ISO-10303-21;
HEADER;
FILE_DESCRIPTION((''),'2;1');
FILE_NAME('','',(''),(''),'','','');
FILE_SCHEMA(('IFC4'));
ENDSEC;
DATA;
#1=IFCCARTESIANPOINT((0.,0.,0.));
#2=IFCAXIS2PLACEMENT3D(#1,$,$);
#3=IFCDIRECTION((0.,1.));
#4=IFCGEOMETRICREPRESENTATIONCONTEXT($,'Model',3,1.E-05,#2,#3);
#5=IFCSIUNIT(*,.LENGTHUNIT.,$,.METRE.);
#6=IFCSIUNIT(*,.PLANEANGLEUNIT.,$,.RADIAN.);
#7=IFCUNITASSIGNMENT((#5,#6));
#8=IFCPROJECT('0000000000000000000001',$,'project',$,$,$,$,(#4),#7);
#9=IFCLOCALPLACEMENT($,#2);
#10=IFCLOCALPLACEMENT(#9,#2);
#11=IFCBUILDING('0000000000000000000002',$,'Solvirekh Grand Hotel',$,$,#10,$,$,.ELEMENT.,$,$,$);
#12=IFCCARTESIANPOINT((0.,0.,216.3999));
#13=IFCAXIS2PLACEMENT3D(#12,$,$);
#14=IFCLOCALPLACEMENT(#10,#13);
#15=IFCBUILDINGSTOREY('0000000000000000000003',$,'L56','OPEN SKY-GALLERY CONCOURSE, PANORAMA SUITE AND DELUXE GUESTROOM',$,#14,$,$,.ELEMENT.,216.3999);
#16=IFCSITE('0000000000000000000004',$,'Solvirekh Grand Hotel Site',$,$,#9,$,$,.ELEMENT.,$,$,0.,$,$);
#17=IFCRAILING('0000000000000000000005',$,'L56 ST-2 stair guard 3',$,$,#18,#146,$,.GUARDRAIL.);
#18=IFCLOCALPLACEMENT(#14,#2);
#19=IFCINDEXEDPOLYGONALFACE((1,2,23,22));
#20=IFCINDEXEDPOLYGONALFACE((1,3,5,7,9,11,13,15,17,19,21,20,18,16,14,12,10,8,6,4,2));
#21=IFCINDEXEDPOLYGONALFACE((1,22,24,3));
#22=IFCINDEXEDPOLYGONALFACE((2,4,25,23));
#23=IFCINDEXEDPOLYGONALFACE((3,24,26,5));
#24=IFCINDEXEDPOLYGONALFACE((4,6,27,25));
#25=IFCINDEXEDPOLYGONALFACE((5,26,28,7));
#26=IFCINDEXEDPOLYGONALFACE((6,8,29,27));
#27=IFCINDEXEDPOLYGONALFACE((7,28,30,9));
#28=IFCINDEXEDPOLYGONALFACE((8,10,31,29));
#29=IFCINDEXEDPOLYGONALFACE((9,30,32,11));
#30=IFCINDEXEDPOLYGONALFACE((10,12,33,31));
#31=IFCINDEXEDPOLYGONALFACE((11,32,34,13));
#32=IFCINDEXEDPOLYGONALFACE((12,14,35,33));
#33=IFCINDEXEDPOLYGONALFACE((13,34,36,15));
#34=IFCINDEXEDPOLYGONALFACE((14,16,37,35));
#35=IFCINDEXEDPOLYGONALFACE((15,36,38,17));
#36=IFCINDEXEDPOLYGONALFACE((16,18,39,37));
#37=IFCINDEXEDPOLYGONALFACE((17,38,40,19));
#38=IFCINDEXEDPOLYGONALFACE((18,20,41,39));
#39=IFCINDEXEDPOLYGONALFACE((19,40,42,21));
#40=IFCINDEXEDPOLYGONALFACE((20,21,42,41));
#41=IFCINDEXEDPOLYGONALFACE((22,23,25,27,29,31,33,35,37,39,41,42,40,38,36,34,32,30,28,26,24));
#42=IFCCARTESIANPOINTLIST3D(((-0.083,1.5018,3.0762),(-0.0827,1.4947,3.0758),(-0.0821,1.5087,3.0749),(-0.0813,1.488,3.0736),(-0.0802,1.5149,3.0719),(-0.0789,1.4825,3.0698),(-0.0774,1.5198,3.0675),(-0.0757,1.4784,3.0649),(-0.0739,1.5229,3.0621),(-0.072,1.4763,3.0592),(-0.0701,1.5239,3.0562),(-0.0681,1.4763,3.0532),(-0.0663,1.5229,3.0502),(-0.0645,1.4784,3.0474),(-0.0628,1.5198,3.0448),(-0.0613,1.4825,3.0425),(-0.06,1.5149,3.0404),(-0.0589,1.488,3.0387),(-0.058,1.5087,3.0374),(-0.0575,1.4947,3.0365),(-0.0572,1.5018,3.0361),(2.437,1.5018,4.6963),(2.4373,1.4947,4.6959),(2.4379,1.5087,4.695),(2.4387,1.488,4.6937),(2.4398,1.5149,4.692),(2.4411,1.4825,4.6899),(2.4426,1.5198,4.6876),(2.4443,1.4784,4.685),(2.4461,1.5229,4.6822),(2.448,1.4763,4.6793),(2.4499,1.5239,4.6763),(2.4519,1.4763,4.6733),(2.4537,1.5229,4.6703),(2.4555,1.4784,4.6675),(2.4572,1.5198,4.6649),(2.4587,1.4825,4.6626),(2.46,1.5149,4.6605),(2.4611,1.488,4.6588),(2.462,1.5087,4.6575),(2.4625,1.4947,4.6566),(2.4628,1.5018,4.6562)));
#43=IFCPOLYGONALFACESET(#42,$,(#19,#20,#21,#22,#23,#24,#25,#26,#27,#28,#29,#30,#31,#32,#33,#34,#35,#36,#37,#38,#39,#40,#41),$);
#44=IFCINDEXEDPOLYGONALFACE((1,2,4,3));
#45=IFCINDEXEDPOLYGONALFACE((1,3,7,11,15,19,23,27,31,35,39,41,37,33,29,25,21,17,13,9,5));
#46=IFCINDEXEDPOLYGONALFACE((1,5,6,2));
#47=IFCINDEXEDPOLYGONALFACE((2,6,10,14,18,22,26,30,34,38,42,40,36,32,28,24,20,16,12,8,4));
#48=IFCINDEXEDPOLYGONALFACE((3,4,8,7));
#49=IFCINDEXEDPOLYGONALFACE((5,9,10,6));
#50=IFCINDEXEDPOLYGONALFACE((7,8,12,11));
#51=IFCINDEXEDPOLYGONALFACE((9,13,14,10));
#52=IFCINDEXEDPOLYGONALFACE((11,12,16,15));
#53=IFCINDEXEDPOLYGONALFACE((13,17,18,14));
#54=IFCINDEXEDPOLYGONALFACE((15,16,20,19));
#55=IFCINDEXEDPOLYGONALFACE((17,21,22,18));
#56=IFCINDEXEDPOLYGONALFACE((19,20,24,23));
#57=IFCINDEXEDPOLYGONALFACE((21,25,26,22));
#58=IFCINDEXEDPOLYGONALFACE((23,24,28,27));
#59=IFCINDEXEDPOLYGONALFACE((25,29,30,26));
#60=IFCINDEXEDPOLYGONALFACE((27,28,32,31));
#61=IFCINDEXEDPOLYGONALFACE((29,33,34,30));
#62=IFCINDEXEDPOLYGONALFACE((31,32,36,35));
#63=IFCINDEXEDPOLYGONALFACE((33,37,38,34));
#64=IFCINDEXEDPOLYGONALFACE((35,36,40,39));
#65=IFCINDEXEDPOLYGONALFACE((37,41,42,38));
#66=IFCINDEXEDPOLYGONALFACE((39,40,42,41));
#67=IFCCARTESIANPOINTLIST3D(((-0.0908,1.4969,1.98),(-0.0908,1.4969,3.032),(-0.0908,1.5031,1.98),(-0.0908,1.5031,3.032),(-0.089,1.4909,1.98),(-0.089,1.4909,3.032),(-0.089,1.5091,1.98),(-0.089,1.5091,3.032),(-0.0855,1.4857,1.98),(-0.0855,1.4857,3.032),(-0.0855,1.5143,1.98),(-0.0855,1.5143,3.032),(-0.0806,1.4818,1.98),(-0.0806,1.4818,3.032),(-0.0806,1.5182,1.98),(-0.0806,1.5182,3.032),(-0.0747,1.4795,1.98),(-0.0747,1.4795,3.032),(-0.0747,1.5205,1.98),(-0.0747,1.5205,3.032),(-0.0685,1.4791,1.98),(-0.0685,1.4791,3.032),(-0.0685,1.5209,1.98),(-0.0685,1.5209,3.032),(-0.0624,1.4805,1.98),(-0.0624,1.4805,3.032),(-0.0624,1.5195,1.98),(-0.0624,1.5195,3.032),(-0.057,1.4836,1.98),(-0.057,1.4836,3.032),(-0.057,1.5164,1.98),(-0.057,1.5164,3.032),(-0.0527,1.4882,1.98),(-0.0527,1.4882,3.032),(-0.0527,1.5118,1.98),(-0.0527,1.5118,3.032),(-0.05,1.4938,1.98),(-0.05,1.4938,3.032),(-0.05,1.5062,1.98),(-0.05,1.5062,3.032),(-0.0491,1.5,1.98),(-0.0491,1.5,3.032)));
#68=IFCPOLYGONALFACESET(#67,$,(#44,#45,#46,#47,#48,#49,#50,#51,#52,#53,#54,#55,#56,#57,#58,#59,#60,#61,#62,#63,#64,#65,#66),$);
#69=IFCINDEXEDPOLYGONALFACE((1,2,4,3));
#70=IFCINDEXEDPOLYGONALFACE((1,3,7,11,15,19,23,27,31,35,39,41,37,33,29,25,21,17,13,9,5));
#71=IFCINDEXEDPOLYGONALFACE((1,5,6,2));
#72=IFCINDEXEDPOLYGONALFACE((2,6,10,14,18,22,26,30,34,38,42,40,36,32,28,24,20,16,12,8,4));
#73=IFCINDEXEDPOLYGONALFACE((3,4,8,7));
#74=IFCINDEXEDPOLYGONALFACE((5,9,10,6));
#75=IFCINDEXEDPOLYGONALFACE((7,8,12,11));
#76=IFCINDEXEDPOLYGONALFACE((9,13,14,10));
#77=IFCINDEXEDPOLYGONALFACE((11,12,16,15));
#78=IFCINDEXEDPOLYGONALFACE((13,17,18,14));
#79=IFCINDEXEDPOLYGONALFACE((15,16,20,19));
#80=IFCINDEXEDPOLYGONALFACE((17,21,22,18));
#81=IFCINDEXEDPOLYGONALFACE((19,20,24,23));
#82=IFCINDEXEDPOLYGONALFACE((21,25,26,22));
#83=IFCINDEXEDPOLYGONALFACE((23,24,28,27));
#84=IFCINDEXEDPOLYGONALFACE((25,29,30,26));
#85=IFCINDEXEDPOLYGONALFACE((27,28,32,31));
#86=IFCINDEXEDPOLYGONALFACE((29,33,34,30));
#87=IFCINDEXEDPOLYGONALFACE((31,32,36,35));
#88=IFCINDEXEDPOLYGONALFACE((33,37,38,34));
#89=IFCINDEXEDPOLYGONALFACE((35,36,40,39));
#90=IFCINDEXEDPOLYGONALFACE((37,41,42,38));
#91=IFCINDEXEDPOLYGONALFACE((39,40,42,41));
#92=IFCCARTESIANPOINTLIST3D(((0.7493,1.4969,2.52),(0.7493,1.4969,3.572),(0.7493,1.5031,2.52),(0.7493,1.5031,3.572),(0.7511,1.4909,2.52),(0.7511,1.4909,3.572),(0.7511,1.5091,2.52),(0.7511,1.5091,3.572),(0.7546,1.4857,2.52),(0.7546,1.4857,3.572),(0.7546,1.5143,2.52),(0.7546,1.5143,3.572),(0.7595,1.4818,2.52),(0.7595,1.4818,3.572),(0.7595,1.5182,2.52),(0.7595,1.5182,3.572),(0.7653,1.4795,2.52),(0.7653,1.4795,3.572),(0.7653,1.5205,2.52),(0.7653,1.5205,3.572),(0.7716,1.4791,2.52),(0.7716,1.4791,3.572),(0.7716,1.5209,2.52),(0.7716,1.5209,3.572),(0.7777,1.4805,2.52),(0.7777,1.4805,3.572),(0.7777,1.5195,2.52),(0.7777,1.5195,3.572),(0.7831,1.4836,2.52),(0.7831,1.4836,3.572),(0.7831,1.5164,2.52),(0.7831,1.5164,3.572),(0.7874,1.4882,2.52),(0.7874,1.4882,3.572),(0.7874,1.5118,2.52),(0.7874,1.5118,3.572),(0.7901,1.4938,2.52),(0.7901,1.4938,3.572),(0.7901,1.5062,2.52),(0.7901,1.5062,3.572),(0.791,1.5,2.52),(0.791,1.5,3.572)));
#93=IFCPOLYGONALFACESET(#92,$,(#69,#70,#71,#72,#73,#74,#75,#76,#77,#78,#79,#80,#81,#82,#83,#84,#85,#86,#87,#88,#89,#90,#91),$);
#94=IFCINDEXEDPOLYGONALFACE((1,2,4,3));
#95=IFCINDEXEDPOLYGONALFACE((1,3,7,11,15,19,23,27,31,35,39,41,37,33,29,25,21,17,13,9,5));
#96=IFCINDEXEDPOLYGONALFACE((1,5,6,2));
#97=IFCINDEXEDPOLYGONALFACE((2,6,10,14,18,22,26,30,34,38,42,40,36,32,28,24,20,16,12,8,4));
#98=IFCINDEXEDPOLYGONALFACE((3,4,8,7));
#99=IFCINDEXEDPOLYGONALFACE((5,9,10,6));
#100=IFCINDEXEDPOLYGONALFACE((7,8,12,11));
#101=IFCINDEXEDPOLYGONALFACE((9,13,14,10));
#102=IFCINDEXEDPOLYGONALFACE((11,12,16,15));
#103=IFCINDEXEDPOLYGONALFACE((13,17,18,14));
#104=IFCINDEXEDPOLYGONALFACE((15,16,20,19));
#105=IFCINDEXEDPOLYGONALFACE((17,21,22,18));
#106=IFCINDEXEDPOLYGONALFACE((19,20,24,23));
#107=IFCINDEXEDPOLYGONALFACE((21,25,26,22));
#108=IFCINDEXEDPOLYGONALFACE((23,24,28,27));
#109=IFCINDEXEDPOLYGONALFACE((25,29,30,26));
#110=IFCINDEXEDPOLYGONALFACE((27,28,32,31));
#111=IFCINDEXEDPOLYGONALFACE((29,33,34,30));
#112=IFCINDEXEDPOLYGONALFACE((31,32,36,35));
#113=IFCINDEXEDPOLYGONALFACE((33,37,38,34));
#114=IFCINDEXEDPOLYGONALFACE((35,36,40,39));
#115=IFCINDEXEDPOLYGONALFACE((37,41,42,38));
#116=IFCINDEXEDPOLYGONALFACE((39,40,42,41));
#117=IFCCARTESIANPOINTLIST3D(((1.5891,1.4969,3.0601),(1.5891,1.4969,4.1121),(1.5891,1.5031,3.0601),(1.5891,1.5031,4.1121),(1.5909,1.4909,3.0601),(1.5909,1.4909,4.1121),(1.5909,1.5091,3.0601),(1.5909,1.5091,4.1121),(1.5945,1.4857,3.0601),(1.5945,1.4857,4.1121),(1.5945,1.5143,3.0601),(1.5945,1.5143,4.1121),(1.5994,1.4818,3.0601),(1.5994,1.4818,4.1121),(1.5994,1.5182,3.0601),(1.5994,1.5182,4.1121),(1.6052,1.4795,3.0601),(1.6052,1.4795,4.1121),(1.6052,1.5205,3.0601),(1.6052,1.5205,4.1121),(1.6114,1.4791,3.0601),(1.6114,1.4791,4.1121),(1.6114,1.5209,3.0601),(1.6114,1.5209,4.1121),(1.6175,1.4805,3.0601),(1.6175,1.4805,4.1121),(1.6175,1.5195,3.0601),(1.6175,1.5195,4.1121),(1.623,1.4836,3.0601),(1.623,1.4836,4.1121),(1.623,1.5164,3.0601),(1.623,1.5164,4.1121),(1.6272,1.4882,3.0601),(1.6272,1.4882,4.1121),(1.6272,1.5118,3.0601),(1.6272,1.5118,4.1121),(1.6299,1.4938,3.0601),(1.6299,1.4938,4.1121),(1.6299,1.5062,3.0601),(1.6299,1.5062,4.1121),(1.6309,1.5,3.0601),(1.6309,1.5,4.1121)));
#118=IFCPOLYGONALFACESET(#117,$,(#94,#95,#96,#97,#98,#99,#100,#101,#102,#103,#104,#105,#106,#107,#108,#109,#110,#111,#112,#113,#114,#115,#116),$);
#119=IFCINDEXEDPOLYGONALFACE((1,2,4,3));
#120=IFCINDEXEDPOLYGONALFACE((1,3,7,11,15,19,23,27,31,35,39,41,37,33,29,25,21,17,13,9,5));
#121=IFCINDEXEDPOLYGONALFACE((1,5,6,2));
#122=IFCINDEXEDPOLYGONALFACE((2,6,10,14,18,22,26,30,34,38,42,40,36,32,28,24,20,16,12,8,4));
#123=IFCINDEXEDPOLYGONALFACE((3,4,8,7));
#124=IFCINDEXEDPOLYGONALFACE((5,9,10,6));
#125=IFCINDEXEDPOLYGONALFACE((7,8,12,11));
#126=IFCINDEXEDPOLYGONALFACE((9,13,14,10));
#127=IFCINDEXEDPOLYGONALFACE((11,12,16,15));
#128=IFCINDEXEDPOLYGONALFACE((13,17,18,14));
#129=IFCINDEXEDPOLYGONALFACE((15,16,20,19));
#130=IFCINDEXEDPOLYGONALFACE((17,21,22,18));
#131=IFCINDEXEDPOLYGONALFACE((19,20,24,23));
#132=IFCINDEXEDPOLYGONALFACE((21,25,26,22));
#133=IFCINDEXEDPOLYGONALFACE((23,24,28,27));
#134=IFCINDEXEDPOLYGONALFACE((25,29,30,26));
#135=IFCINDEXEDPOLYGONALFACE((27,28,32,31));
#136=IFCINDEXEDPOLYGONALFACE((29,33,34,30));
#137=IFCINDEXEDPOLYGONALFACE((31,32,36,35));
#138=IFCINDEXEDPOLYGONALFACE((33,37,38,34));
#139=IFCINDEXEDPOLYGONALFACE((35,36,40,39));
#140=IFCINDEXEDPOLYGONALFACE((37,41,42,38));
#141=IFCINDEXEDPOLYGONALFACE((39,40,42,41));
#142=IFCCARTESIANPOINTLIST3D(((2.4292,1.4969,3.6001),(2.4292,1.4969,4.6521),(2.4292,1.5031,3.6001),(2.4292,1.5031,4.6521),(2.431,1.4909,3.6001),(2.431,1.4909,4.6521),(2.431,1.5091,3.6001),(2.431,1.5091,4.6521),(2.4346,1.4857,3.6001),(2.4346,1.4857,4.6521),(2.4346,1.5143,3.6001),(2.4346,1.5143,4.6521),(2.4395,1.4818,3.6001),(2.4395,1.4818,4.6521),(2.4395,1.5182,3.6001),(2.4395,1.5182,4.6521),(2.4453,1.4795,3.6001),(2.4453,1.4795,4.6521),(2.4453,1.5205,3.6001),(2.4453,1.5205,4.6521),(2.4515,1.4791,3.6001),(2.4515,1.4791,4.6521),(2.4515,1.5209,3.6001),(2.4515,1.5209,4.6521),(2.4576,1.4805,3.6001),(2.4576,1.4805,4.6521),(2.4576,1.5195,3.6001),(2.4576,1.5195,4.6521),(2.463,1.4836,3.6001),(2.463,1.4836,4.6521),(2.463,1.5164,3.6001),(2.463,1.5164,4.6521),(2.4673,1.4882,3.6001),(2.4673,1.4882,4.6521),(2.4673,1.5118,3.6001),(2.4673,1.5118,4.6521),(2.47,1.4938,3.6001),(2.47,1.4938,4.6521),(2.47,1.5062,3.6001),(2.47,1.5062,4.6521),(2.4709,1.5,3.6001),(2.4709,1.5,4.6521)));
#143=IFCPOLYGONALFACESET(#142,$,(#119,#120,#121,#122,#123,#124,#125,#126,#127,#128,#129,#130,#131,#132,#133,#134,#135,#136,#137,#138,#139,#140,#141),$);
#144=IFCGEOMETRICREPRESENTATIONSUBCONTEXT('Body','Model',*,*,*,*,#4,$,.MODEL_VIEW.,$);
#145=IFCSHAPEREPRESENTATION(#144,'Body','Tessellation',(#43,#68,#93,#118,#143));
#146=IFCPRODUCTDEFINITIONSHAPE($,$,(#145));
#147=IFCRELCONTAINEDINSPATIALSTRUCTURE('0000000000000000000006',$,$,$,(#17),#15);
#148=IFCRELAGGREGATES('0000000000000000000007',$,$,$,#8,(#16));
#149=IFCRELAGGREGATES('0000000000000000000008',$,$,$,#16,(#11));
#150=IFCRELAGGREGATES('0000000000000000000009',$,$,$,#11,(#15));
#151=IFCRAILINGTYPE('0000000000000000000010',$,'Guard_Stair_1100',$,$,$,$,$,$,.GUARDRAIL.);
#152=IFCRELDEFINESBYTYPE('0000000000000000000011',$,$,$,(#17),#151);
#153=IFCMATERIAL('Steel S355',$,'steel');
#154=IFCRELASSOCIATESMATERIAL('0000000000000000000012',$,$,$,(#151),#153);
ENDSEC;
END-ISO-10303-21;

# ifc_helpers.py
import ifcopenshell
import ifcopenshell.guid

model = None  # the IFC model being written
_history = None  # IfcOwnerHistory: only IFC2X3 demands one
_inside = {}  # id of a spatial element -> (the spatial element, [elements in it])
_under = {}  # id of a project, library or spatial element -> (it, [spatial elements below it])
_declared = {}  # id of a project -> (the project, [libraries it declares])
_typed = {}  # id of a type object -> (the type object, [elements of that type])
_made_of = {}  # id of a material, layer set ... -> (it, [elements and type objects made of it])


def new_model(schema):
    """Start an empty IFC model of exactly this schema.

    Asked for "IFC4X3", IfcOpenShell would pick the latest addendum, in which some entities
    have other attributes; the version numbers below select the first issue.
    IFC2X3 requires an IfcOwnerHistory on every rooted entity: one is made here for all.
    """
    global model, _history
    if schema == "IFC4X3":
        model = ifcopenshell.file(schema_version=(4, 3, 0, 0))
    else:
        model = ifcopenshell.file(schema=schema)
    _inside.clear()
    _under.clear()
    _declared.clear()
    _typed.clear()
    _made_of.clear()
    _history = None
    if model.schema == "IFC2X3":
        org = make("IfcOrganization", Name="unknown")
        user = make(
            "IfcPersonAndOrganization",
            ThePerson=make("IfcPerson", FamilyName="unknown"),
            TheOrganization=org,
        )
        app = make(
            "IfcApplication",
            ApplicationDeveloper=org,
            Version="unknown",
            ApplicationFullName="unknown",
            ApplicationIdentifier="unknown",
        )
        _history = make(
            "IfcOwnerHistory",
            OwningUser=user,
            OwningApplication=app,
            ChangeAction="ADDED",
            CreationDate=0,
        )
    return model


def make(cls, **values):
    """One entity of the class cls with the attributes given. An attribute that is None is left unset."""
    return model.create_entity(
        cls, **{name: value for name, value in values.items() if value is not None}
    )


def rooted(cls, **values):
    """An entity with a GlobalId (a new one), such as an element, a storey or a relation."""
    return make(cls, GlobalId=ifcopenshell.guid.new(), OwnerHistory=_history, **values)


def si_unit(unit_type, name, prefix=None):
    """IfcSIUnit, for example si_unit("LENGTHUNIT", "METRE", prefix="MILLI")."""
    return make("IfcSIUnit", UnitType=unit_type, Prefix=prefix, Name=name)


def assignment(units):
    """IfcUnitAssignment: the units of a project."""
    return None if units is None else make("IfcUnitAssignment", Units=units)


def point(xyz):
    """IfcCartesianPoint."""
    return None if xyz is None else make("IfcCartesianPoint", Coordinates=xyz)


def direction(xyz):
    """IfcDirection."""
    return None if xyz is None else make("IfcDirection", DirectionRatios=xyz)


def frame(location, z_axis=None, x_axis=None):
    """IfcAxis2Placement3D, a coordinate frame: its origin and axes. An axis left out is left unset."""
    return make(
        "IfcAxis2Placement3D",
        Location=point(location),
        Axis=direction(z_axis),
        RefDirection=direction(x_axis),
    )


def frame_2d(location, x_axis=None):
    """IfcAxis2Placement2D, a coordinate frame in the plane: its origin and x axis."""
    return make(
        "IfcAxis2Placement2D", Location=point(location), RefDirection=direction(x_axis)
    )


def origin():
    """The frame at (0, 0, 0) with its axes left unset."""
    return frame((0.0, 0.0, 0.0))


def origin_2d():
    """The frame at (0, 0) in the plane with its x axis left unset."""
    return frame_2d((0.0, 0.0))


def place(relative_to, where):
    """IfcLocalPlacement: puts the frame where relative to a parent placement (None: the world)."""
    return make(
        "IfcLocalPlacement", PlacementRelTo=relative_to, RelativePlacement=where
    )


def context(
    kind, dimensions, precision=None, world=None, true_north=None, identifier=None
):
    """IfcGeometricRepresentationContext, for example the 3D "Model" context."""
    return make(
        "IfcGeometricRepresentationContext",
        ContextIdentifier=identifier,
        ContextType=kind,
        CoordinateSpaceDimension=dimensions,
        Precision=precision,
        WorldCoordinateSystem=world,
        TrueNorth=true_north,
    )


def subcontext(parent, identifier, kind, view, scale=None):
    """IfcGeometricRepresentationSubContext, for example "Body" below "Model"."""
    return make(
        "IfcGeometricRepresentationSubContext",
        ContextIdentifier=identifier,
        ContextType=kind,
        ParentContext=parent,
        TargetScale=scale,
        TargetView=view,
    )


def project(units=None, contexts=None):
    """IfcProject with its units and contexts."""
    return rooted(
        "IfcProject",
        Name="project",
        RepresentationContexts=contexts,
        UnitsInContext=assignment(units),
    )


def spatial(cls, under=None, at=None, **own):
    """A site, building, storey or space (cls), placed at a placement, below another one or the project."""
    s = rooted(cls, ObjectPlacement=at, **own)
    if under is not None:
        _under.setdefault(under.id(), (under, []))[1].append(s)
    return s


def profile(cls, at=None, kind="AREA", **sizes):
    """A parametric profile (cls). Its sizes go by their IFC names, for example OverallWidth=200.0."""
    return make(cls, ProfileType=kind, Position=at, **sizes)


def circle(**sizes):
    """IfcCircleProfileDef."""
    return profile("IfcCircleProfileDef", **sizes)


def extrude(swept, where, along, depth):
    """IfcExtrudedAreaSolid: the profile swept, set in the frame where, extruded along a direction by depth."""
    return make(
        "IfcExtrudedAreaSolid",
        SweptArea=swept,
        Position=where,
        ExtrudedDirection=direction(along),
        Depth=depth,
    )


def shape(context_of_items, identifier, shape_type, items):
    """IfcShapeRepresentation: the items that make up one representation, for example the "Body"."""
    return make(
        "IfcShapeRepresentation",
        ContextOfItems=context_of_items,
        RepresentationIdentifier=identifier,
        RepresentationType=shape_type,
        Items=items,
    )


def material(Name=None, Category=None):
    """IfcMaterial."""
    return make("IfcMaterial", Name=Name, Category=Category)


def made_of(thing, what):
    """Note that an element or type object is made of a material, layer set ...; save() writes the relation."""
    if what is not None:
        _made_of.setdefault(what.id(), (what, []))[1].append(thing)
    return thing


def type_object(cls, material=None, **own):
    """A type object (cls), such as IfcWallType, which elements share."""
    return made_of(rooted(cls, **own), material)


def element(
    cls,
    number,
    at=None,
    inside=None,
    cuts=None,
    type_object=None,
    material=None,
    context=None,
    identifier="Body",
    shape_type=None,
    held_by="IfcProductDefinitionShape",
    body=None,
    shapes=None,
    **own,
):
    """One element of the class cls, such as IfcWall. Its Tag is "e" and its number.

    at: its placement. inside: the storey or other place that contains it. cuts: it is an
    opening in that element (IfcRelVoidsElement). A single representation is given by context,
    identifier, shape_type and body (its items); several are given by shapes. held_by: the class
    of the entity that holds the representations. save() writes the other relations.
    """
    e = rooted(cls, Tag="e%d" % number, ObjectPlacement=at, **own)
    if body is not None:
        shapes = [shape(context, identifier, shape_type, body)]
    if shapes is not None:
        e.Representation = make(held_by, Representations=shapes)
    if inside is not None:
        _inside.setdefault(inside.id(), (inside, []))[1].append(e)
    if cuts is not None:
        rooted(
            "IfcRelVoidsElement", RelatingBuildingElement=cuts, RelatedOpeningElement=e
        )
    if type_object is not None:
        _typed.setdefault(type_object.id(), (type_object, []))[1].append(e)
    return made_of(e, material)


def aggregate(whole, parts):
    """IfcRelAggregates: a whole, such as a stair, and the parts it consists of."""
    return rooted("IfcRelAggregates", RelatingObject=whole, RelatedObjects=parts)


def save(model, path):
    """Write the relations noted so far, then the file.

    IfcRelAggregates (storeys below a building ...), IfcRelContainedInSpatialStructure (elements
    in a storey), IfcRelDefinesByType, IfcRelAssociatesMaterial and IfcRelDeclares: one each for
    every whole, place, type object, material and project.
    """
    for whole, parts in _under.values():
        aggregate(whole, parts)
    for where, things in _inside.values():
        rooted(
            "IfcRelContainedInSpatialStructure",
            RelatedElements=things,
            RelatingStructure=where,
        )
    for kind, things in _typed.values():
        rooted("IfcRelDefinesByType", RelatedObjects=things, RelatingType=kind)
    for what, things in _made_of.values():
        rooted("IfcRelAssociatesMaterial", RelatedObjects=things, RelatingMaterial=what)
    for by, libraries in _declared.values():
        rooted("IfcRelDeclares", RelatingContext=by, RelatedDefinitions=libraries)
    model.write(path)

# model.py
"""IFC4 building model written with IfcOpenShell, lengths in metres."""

from ifc_helpers import new_model, si_unit, direction, frame, origin, origin_2d, place, context, subcontext, project, spatial, circle, extrude, material, type_object, element, save


model = new_model("IFC4")

# Units and contexts
model_context = context("Model", 3, precision=1e-05, world=origin(), true_north=direction((0.0, 1.0)))
body_context = subcontext(model_context, "Body", "Model", "MODEL_VIEW")
ifc_project = project(units=[si_unit("LENGTHUNIT", "METRE"), si_unit("PLANEANGLEUNIT", "RADIAN")], contexts=[model_context])

# Site, building, storey
site_placement = place(None, origin())
site = spatial("IfcSite", under=ifc_project, at=site_placement, Name="Solvirekh Grand Hotel Site", CompositionType="ELEMENT", RefElevation=0.0)
building_placement = place(site_placement, origin())
building = spatial("IfcBuilding", under=site, at=building_placement, Name="Solvirekh Grand Hotel", CompositionType="ELEMENT")
storey_placement = place(building_placement, frame((0.0, 0.0, 216.3999)))
storey = spatial("IfcBuildingStorey", under=building, at=storey_placement, Name="L56", Description="OPEN SKY-GALLERY CONCOURSE, PANORAMA SUITE AND DELUXE GUESTROOM", CompositionType="ELEMENT", Elevation=216.3999)

# Shared definitions
ifc_material_1 = material(Name="Steel S355", Category="steel")

# Railing
railing_type_1 = type_object("IfcRailingType", Name="Guard_Stair_1100", PredefinedType="GUARDRAIL", material=ifc_material_1)
railing_1_placement = place(storey_placement, frame((-0.0701, 1.5, 1.98)))
element("IfcRailing", 1, at=railing_1_placement, inside=storey, type_object=railing_type_1, Name="L56 ST-2 stair guard 3", PredefinedType="GUARDRAIL", context=body_context, shape_type="SweptSolid", body=[
    extrude(circle(Radius=0.0239, at=origin_2d()), frame((0.0, 0.0, 1.0762), z_axis=(0.841163, 0.0, 0.540782), x_axis=(0.0, 1.0, 0.0)), (0.0, 0.0, 1.0), 2.9958),
    extrude(circle(Radius=0.021, at=origin_2d()), origin(), (0.0, 0.0, 1.0), 1.052),
    extrude(circle(Radius=0.021, at=origin_2d()), frame((0.8401, 0.0, 0.54)), (0.0, 0.0, 1.0), 1.052),
    extrude(circle(Radius=0.021, at=origin_2d()), frame((1.6799, 0.0, 1.0801)), (0.0, 0.0, 1.0), 1.052),
    extrude(circle(Radius=0.021, at=origin_2d()), frame((2.52, 0.0, 1.6201)), (0.0, 0.0, 1.0), 1.052),
])

save(model, "model.ifc")
